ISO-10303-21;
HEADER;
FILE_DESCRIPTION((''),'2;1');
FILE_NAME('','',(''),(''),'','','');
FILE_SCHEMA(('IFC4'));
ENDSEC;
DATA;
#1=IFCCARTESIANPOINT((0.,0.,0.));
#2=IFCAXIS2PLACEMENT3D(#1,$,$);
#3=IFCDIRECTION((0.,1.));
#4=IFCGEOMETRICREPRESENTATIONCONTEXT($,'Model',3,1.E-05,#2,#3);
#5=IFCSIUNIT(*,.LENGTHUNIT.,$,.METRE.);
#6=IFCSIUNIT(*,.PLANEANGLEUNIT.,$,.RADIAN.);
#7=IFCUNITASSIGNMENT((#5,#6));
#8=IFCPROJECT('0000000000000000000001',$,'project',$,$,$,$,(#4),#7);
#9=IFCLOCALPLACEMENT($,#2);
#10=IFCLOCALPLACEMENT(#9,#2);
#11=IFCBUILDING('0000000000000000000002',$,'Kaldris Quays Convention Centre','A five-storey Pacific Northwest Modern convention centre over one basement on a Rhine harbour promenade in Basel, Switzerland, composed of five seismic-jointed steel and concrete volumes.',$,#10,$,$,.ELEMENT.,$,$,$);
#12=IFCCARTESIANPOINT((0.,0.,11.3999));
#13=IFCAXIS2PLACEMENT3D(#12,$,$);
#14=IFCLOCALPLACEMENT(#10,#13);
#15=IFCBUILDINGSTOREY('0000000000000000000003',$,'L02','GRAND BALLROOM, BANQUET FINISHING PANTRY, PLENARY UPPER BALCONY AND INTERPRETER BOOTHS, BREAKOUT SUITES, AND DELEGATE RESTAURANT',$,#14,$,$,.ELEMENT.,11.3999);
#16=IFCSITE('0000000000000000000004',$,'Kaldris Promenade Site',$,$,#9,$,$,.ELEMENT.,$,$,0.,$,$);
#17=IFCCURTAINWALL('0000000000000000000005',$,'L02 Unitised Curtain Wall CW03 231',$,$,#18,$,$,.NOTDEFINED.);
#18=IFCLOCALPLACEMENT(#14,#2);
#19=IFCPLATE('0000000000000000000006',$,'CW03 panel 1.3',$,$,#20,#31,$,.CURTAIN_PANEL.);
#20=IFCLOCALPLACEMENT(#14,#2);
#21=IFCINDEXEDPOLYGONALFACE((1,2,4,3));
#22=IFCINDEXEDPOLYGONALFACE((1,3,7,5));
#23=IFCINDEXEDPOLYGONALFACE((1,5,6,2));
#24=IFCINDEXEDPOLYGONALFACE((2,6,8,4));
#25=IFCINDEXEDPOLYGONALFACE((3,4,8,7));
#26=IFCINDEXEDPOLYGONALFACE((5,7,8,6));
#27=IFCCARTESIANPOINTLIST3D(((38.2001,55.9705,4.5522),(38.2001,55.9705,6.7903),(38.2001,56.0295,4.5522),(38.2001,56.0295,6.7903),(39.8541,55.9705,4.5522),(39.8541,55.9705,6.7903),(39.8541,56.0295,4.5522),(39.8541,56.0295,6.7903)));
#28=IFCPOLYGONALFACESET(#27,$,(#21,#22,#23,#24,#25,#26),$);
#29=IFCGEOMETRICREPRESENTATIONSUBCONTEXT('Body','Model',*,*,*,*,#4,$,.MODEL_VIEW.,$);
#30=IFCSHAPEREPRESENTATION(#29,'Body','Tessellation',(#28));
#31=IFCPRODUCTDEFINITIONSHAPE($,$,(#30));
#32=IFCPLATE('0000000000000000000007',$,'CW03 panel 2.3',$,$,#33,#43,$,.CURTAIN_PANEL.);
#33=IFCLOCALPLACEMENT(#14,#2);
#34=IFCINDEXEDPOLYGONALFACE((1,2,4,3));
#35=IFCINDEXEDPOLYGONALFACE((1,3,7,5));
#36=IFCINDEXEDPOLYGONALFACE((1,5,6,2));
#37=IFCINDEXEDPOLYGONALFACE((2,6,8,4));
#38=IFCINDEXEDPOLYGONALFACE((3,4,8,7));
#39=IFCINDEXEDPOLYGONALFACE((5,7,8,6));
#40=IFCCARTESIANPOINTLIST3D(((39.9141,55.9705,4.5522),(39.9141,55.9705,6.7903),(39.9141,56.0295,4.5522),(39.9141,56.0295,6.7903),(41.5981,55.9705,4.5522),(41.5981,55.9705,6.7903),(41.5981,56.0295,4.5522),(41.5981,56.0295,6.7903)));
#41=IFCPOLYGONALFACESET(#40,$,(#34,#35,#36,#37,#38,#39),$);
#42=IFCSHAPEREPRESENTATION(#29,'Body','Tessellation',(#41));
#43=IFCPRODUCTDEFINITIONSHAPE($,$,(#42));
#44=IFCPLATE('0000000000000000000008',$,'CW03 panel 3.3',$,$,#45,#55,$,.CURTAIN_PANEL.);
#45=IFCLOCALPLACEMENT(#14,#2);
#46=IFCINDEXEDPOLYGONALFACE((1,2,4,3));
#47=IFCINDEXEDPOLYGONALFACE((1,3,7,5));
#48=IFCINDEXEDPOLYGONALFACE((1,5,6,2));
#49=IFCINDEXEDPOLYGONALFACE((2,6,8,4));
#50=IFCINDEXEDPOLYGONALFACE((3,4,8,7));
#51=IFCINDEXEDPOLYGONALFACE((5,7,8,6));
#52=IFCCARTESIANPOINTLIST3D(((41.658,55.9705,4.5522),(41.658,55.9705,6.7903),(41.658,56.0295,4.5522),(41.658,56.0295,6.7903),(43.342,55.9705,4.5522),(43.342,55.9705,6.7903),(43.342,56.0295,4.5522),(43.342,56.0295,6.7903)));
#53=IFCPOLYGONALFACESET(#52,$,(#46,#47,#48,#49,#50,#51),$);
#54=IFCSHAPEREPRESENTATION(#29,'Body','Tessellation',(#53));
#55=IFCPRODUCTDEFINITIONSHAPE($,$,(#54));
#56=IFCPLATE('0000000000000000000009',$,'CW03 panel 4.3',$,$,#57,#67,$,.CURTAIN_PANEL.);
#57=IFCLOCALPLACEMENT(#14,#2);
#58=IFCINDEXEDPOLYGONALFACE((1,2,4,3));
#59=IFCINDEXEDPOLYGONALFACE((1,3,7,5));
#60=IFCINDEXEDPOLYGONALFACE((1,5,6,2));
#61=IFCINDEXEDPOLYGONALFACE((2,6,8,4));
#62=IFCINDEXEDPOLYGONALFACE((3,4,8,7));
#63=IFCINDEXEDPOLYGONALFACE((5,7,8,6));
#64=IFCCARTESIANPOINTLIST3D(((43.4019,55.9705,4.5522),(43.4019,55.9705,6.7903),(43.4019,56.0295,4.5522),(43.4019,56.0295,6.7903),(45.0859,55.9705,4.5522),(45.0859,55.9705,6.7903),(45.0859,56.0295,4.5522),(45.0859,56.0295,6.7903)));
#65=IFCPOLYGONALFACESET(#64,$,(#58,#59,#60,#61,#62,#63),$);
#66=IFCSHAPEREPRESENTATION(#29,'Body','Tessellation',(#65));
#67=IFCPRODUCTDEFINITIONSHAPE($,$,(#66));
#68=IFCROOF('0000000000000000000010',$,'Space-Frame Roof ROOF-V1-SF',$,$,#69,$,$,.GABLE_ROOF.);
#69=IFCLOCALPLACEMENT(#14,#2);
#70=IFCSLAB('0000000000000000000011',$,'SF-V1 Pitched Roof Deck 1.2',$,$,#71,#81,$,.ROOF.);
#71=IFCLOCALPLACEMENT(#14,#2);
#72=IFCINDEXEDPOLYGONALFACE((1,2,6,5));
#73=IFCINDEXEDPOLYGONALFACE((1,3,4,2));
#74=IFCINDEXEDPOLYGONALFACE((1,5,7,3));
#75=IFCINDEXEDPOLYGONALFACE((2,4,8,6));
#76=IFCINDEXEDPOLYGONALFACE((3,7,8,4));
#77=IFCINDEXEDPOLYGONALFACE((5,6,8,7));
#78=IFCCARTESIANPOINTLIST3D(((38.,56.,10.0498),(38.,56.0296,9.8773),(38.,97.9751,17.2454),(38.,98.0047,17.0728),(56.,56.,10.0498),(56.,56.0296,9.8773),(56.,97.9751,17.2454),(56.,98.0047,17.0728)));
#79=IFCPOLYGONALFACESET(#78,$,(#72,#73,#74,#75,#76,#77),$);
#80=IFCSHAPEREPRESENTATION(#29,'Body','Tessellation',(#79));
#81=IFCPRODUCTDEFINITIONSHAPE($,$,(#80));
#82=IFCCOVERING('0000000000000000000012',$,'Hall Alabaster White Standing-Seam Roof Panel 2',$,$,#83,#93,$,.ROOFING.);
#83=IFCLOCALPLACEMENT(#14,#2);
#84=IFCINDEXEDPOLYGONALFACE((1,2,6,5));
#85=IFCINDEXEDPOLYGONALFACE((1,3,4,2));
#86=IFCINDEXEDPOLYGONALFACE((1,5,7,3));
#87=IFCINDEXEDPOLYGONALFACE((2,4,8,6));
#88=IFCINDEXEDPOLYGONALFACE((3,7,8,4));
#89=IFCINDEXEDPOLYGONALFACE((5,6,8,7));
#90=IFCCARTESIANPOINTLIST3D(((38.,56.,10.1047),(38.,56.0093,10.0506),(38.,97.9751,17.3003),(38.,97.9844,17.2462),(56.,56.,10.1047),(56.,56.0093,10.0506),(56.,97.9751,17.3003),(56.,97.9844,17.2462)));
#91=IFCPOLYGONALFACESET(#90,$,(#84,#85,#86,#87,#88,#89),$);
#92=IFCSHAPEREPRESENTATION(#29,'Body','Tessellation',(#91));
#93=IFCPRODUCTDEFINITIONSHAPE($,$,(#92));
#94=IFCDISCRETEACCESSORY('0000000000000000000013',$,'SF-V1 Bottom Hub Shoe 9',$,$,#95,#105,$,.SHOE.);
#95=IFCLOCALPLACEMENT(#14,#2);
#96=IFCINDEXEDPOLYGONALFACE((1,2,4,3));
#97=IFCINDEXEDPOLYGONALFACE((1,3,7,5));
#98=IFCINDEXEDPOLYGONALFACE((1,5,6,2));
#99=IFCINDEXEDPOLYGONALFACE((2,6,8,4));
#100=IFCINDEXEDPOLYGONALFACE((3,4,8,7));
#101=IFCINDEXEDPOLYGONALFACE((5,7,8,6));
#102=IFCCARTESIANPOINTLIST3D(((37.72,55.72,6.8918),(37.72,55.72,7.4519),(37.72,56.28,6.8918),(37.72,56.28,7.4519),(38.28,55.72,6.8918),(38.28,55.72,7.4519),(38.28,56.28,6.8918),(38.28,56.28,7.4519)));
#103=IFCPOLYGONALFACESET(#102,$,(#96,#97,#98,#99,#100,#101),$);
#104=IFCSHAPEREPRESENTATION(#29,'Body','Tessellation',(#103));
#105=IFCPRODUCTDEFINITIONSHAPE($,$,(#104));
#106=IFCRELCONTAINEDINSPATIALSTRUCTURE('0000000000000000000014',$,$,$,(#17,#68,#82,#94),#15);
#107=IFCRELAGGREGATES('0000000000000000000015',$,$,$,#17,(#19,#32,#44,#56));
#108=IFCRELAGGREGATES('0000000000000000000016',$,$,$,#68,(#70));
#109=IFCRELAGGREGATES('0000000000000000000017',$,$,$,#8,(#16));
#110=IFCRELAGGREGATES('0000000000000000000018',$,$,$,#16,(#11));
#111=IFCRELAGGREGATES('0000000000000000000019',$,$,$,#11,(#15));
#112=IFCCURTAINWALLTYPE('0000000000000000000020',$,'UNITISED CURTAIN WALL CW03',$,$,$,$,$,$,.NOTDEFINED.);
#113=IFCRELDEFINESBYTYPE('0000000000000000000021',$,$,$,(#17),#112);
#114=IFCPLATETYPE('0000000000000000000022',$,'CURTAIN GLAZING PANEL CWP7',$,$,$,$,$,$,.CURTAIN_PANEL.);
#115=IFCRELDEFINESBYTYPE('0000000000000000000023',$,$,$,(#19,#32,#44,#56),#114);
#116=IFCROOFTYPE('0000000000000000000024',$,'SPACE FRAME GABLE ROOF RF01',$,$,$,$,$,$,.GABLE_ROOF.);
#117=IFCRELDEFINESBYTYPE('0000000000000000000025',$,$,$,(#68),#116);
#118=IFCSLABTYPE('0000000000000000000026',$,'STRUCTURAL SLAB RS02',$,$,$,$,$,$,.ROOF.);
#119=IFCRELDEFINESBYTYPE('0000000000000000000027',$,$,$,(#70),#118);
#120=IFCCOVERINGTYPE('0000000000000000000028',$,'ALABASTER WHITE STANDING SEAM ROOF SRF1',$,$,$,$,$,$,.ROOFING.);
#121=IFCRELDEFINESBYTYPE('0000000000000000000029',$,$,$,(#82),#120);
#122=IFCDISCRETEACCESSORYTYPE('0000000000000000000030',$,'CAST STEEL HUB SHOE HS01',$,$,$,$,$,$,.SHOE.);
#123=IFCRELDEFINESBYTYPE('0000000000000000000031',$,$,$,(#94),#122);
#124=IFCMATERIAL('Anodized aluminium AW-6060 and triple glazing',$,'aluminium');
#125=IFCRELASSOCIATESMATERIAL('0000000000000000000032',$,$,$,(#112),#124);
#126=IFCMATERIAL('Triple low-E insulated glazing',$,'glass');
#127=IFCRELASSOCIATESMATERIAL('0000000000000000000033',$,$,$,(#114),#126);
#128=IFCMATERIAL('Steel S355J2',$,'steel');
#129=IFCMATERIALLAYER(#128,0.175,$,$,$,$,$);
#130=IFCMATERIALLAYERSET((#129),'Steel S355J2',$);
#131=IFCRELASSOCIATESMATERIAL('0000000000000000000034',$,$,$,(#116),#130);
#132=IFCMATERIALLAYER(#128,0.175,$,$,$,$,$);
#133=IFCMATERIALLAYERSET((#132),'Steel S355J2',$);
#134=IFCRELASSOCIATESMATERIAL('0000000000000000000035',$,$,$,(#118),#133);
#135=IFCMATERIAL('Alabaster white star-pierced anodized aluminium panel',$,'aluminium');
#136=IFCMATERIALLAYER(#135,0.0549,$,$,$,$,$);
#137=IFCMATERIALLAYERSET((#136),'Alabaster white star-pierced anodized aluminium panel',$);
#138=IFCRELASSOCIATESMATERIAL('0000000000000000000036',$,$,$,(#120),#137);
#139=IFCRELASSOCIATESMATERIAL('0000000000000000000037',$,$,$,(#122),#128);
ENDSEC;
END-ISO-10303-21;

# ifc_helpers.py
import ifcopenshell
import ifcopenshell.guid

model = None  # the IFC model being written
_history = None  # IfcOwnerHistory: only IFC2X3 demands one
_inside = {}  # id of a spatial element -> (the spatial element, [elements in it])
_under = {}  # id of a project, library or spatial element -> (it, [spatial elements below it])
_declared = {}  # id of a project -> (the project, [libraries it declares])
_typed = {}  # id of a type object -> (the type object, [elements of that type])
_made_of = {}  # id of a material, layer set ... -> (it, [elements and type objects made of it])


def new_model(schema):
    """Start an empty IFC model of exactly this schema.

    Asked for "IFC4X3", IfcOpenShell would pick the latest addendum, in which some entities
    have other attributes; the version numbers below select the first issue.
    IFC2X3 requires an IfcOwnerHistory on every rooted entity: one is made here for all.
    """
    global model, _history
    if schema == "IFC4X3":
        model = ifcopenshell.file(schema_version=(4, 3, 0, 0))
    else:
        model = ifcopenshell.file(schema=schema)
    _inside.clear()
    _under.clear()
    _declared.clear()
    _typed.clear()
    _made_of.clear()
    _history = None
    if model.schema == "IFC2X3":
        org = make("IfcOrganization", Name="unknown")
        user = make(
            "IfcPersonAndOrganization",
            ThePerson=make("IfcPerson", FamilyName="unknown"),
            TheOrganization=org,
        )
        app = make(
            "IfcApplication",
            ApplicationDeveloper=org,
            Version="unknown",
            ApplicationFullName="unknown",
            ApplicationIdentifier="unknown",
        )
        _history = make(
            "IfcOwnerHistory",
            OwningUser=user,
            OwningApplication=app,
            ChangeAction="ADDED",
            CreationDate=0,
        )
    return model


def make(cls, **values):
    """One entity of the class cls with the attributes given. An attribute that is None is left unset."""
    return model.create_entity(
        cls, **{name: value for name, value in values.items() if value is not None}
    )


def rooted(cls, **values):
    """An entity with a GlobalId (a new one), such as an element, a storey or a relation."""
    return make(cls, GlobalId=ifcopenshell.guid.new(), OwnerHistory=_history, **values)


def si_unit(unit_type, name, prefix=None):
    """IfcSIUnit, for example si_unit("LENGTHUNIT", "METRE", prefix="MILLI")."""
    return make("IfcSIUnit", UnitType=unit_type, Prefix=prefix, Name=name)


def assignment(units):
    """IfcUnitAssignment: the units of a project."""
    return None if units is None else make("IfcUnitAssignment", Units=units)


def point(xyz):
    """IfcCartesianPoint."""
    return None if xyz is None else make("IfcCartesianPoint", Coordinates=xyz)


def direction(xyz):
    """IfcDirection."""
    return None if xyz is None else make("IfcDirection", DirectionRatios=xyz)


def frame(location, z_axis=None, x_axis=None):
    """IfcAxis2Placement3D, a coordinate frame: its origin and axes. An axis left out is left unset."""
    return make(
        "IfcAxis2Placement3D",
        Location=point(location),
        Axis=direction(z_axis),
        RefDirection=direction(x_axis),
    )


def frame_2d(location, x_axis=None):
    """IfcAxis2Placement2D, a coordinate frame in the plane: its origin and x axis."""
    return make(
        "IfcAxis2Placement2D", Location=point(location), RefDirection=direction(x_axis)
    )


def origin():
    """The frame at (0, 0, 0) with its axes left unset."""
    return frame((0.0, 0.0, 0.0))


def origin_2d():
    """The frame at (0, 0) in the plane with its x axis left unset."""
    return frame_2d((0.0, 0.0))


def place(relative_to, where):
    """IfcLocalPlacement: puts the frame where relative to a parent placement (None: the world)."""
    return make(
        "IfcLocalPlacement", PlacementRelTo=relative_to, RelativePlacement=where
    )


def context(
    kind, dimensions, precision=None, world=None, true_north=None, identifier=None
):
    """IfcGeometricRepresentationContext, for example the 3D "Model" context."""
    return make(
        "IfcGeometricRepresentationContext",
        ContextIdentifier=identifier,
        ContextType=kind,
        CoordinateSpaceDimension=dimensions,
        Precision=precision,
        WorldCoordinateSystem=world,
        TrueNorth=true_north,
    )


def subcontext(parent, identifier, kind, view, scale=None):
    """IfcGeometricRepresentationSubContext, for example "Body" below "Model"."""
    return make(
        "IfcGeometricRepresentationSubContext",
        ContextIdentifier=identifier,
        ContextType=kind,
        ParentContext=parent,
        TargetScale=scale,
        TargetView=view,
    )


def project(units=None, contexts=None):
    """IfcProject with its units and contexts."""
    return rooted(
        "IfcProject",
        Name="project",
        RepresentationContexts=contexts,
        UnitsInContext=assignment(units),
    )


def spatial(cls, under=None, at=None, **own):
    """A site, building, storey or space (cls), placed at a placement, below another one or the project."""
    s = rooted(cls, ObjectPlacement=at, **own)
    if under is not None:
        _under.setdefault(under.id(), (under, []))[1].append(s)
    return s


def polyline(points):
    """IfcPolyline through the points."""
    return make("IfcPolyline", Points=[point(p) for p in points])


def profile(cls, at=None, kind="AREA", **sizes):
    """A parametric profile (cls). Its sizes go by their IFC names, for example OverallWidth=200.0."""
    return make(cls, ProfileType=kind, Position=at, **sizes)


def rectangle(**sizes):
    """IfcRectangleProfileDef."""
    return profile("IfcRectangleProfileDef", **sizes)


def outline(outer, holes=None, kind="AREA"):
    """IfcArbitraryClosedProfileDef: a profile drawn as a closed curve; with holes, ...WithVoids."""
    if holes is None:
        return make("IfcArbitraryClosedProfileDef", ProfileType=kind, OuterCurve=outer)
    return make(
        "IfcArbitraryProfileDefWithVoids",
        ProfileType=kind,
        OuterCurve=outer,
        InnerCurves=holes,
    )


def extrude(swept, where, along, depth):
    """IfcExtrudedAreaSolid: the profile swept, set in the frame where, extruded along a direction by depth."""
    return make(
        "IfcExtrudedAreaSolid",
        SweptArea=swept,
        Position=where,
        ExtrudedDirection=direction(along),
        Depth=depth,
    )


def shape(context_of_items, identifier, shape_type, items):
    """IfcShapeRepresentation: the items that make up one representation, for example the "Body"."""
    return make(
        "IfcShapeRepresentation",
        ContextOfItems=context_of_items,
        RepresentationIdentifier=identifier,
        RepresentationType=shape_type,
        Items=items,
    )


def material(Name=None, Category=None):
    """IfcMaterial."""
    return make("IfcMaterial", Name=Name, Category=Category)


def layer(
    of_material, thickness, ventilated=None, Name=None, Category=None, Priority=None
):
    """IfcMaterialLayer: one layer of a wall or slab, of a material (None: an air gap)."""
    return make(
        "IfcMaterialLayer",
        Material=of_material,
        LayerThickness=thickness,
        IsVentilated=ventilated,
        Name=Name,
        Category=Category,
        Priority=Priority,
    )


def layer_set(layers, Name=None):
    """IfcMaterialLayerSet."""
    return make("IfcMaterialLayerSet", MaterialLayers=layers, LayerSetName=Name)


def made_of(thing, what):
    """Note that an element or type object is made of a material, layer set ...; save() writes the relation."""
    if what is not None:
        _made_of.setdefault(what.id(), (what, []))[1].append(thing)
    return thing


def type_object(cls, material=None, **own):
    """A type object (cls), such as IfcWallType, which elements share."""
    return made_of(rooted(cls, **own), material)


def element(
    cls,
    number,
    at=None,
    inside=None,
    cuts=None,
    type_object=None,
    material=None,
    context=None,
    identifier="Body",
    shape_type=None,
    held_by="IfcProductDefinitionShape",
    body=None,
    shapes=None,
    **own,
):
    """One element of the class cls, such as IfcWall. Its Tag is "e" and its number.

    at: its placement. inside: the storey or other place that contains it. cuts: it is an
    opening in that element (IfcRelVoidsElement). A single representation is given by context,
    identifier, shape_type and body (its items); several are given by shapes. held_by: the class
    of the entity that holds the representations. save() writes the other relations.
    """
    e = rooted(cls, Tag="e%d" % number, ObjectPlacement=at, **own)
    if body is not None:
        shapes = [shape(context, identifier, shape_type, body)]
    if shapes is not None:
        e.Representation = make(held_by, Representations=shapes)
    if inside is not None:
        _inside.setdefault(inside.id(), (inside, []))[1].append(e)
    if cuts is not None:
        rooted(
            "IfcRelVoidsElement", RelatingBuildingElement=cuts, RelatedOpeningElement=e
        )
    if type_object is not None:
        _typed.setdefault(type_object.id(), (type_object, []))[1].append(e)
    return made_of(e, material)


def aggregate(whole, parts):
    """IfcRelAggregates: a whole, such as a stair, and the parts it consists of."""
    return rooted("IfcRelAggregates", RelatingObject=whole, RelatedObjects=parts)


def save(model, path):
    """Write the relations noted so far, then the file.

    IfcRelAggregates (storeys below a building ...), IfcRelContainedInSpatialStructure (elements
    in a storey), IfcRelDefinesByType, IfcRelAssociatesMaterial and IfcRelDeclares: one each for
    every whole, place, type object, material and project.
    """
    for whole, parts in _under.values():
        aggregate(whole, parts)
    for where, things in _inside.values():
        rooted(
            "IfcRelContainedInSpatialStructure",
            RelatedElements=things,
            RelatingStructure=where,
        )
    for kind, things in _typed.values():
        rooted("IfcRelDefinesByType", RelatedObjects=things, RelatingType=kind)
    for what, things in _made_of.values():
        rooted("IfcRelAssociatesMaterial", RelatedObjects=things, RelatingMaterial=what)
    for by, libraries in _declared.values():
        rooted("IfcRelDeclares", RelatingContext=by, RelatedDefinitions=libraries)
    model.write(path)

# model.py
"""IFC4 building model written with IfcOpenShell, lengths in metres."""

from ifc_helpers import new_model, si_unit, direction, frame, origin, origin_2d, place, context, subcontext, project, spatial, polyline, rectangle, outline, extrude, material, layer, layer_set, type_object, element, aggregate, save


model = new_model("IFC4")

# Units and contexts
model_context = context("Model", 3, precision=1e-05, world=origin(), true_north=direction((0.0, 1.0)))
body_context = subcontext(model_context, "Body", "Model", "MODEL_VIEW")
ifc_project = project(units=[si_unit("LENGTHUNIT", "METRE"), si_unit("PLANEANGLEUNIT", "RADIAN")], contexts=[model_context])

# Site, building, storey
site_placement = place(None, origin())
site = spatial("IfcSite", under=ifc_project, at=site_placement, Name="Kaldris Promenade Site", CompositionType="ELEMENT", RefElevation=0.0)
building_placement = place(site_placement, origin())
building = spatial("IfcBuilding", under=site, at=building_placement, Name="Kaldris Quays Convention Centre", Description="A five-storey Pacific Northwest Modern convention centre over one basement on a Rhine harbour promenade in Basel, Switzerland, composed of five seismic-jointed steel and concrete volumes.", CompositionType="ELEMENT")
storey_placement = place(building_placement, frame((0.0, 0.0, 11.3999)))
storey = spatial("IfcBuildingStorey", under=building, at=storey_placement, Name="L02", Description="GRAND BALLROOM, BANQUET FINISHING PANTRY, PLENARY UPPER BALCONY AND INTERPRETER BOOTHS, BREAKOUT SUITES, AND DELEGATE RESTAURANT", CompositionType="ELEMENT", Elevation=11.3999)

# Shared definitions
ifc_material_1 = material(Name="Anodized aluminium AW-6060 and triple glazing", Category="aluminium")
curtain_wall_type = type_object("IfcCurtainWallType", Name="UNITISED CURTAIN WALL CW03", PredefinedType="NOTDEFINED", material=ifc_material_1)

# Curtain wall
curtain_wall_1_placement = place(storey_placement, origin())
curtain_wall_1 = element("IfcCurtainWall", 1, at=curtain_wall_1_placement, inside=storey, type_object=curtain_wall_type, Name="L02 Unitised Curtain Wall CW03 231", PredefinedType="NOTDEFINED")

# Plates
ifc_material_2 = material(Name="Triple low-E insulated glazing", Category="glass")
plate_type_1 = type_object("IfcPlateType", Name="CURTAIN GLAZING PANEL CWP7", PredefinedType="CURTAIN_PANEL", material=ifc_material_2)
plate_1_placement = place(storey_placement, frame((39.0271, 56.0, 4.5522), z_axis=(0.0, 0.0, 1.0), x_axis=(1.0, 0.0, 0.0)))
plate_1 = element("IfcPlate", 2, at=plate_1_placement, type_object=plate_type_1, Name="CW03 panel 1.3", PredefinedType="CURTAIN_PANEL", context=body_context, shape_type="SweptSolid", body=[
    extrude(rectangle(XDim=1.6541, YDim=0.0591, at=origin_2d()), origin(), (0.0, 0.0, 1.0), 2.238),
])
plate_2_placement = place(storey_placement, frame((40.7561, 56.0, 4.5522), z_axis=(0.0, 0.0, 1.0), x_axis=(1.0, 0.0, 0.0)))
plate_2 = element("IfcPlate", 3, at=plate_2_placement, type_object=plate_type_1, Name="CW03 panel 2.3", PredefinedType="CURTAIN_PANEL", context=body_context, shape_type="SweptSolid", body=[
    extrude(rectangle(XDim=1.6841, YDim=0.0591, at=origin_2d()), origin(), (0.0, 0.0, 1.0), 2.238),
])
plate_3_placement = place(storey_placement, frame((42.5, 56.0, 4.5522), z_axis=(0.0, 0.0, 1.0), x_axis=(1.0, 0.0, 0.0)))
plate_3 = element("IfcPlate", 4, at=plate_3_placement, type_object=plate_type_1, Name="CW03 panel 3.3", PredefinedType="CURTAIN_PANEL", context=body_context, shape_type="SweptSolid", body=[
    extrude(rectangle(XDim=1.6841, YDim=0.0591, at=origin_2d()), origin(), (0.0, 0.0, 1.0), 2.238),
])
plate_4_placement = place(storey_placement, frame((44.2439, 56.0, 4.5522), z_axis=(0.0, 0.0, 1.0), x_axis=(1.0, 0.0, 0.0)))
plate_4 = element("IfcPlate", 5, at=plate_4_placement, type_object=plate_type_1, Name="CW03 panel 4.3", PredefinedType="CURTAIN_PANEL", context=body_context, shape_type="SweptSolid", body=[
    extrude(rectangle(XDim=1.6841, YDim=0.0591, at=origin_2d()), origin(), (0.0, 0.0, 1.0), 2.238),
])
aggregate(curtain_wall_1, [plate_1, plate_2, plate_3, plate_4])

# Roof, slab
ifc_material_3 = material(Name="Steel S355J2", Category="steel")
ifc_layer_1 = layer(ifc_material_3, 0.175)
ifc_layer_set_1 = layer_set([ifc_layer_1], Name="Steel S355J2")
roof_type = type_object("IfcRoofType", Name="SPACE FRAME GABLE ROOF RF01", PredefinedType="GABLE_ROOF", material=ifc_layer_set_1)
roof_placement = place(storey_placement, origin())
roof = element("IfcRoof", 6, at=roof_placement, inside=storey, type_object=roof_type, Name="Space-Frame Roof ROOF-V1-SF", PredefinedType="GABLE_ROOF")
ifc_layer_2 = layer(ifc_material_3, 0.175)
ifc_layer_set_2 = layer_set([ifc_layer_2], Name="Steel S355J2")
slab_type = type_object("IfcSlabType", Name="STRUCTURAL SLAB RS02", PredefinedType="ROOF", material=ifc_layer_set_2)
slab_placement = place(storey_placement, frame((38.0, 56.0, 10.0498), z_axis=(0.0, -0.16896, 0.985623), x_axis=(1.0, 0.0, 0.0)))
slab = element("IfcSlab", 7, at=slab_placement, type_object=slab_type, Name="SF-V1 Pitched Roof Deck 1.2", PredefinedType="ROOF", context=body_context, shape_type="SweptSolid", body=[
    extrude(outline(polyline([(0.0, 0.0), (18.0, 0.0), (18.0, 42.5874), (0.0, 42.5874), (0.0, 0.0)])), origin(), (0.0, 0.0, -1.0), 0.175),
])
aggregate(roof, [slab])

# Covering
ifc_material_4 = material(Name="Alabaster white star-pierced anodized aluminium panel", Category="aluminium")
ifc_layer_3 = layer(ifc_material_4, 0.0549)
ifc_layer_set_3 = layer_set([ifc_layer_3], Name="Alabaster white star-pierced anodized aluminium panel")
covering_type = type_object("IfcCoveringType", Name="ALABASTER WHITE STANDING SEAM ROOF SRF1", PredefinedType="ROOFING", material=ifc_layer_set_3)
covering_placement = place(storey_placement, frame((38.0, 56.0, 10.1047), z_axis=(0.0, -0.16896, 0.985623), x_axis=(1.0, 0.0, 0.0)))
element("IfcCovering", 8, at=covering_placement, inside=storey, type_object=covering_type, Name="Hall Alabaster White Standing-Seam Roof Panel 2", PredefinedType="ROOFING", context=body_context, shape_type="SweptSolid", body=[
    extrude(outline(polyline([(0.0, 0.0), (18.0, 0.0), (18.0, 42.5874), (0.0, 42.5874), (0.0, 0.0)])), origin(), (0.0, 0.0, -1.0), 0.0549),
])

# Discrete accessory
discrete_accessory_type = type_object("IfcDiscreteAccessoryType", Name="CAST STEEL HUB SHOE HS01", PredefinedType="SHOE", material=ifc_material_3)
discrete_accessory_placement = place(storey_placement, frame((38.0, 56.0, 6.8918), z_axis=(0.0, 0.0, 1.0), x_axis=(1.0, 0.0, 0.0)))
element("IfcDiscreteAccessory", 9, at=discrete_accessory_placement, inside=storey, type_object=discrete_accessory_type, Name="SF-V1 Bottom Hub Shoe 9", PredefinedType="SHOE", context=body_context, shape_type="SweptSolid", body=[
    extrude(rectangle(XDim=0.5601, YDim=0.5601, at=origin_2d()), origin(), (0.0, 0.0, 1.0), 0.5601),
])

save(model, "model.ifc")
